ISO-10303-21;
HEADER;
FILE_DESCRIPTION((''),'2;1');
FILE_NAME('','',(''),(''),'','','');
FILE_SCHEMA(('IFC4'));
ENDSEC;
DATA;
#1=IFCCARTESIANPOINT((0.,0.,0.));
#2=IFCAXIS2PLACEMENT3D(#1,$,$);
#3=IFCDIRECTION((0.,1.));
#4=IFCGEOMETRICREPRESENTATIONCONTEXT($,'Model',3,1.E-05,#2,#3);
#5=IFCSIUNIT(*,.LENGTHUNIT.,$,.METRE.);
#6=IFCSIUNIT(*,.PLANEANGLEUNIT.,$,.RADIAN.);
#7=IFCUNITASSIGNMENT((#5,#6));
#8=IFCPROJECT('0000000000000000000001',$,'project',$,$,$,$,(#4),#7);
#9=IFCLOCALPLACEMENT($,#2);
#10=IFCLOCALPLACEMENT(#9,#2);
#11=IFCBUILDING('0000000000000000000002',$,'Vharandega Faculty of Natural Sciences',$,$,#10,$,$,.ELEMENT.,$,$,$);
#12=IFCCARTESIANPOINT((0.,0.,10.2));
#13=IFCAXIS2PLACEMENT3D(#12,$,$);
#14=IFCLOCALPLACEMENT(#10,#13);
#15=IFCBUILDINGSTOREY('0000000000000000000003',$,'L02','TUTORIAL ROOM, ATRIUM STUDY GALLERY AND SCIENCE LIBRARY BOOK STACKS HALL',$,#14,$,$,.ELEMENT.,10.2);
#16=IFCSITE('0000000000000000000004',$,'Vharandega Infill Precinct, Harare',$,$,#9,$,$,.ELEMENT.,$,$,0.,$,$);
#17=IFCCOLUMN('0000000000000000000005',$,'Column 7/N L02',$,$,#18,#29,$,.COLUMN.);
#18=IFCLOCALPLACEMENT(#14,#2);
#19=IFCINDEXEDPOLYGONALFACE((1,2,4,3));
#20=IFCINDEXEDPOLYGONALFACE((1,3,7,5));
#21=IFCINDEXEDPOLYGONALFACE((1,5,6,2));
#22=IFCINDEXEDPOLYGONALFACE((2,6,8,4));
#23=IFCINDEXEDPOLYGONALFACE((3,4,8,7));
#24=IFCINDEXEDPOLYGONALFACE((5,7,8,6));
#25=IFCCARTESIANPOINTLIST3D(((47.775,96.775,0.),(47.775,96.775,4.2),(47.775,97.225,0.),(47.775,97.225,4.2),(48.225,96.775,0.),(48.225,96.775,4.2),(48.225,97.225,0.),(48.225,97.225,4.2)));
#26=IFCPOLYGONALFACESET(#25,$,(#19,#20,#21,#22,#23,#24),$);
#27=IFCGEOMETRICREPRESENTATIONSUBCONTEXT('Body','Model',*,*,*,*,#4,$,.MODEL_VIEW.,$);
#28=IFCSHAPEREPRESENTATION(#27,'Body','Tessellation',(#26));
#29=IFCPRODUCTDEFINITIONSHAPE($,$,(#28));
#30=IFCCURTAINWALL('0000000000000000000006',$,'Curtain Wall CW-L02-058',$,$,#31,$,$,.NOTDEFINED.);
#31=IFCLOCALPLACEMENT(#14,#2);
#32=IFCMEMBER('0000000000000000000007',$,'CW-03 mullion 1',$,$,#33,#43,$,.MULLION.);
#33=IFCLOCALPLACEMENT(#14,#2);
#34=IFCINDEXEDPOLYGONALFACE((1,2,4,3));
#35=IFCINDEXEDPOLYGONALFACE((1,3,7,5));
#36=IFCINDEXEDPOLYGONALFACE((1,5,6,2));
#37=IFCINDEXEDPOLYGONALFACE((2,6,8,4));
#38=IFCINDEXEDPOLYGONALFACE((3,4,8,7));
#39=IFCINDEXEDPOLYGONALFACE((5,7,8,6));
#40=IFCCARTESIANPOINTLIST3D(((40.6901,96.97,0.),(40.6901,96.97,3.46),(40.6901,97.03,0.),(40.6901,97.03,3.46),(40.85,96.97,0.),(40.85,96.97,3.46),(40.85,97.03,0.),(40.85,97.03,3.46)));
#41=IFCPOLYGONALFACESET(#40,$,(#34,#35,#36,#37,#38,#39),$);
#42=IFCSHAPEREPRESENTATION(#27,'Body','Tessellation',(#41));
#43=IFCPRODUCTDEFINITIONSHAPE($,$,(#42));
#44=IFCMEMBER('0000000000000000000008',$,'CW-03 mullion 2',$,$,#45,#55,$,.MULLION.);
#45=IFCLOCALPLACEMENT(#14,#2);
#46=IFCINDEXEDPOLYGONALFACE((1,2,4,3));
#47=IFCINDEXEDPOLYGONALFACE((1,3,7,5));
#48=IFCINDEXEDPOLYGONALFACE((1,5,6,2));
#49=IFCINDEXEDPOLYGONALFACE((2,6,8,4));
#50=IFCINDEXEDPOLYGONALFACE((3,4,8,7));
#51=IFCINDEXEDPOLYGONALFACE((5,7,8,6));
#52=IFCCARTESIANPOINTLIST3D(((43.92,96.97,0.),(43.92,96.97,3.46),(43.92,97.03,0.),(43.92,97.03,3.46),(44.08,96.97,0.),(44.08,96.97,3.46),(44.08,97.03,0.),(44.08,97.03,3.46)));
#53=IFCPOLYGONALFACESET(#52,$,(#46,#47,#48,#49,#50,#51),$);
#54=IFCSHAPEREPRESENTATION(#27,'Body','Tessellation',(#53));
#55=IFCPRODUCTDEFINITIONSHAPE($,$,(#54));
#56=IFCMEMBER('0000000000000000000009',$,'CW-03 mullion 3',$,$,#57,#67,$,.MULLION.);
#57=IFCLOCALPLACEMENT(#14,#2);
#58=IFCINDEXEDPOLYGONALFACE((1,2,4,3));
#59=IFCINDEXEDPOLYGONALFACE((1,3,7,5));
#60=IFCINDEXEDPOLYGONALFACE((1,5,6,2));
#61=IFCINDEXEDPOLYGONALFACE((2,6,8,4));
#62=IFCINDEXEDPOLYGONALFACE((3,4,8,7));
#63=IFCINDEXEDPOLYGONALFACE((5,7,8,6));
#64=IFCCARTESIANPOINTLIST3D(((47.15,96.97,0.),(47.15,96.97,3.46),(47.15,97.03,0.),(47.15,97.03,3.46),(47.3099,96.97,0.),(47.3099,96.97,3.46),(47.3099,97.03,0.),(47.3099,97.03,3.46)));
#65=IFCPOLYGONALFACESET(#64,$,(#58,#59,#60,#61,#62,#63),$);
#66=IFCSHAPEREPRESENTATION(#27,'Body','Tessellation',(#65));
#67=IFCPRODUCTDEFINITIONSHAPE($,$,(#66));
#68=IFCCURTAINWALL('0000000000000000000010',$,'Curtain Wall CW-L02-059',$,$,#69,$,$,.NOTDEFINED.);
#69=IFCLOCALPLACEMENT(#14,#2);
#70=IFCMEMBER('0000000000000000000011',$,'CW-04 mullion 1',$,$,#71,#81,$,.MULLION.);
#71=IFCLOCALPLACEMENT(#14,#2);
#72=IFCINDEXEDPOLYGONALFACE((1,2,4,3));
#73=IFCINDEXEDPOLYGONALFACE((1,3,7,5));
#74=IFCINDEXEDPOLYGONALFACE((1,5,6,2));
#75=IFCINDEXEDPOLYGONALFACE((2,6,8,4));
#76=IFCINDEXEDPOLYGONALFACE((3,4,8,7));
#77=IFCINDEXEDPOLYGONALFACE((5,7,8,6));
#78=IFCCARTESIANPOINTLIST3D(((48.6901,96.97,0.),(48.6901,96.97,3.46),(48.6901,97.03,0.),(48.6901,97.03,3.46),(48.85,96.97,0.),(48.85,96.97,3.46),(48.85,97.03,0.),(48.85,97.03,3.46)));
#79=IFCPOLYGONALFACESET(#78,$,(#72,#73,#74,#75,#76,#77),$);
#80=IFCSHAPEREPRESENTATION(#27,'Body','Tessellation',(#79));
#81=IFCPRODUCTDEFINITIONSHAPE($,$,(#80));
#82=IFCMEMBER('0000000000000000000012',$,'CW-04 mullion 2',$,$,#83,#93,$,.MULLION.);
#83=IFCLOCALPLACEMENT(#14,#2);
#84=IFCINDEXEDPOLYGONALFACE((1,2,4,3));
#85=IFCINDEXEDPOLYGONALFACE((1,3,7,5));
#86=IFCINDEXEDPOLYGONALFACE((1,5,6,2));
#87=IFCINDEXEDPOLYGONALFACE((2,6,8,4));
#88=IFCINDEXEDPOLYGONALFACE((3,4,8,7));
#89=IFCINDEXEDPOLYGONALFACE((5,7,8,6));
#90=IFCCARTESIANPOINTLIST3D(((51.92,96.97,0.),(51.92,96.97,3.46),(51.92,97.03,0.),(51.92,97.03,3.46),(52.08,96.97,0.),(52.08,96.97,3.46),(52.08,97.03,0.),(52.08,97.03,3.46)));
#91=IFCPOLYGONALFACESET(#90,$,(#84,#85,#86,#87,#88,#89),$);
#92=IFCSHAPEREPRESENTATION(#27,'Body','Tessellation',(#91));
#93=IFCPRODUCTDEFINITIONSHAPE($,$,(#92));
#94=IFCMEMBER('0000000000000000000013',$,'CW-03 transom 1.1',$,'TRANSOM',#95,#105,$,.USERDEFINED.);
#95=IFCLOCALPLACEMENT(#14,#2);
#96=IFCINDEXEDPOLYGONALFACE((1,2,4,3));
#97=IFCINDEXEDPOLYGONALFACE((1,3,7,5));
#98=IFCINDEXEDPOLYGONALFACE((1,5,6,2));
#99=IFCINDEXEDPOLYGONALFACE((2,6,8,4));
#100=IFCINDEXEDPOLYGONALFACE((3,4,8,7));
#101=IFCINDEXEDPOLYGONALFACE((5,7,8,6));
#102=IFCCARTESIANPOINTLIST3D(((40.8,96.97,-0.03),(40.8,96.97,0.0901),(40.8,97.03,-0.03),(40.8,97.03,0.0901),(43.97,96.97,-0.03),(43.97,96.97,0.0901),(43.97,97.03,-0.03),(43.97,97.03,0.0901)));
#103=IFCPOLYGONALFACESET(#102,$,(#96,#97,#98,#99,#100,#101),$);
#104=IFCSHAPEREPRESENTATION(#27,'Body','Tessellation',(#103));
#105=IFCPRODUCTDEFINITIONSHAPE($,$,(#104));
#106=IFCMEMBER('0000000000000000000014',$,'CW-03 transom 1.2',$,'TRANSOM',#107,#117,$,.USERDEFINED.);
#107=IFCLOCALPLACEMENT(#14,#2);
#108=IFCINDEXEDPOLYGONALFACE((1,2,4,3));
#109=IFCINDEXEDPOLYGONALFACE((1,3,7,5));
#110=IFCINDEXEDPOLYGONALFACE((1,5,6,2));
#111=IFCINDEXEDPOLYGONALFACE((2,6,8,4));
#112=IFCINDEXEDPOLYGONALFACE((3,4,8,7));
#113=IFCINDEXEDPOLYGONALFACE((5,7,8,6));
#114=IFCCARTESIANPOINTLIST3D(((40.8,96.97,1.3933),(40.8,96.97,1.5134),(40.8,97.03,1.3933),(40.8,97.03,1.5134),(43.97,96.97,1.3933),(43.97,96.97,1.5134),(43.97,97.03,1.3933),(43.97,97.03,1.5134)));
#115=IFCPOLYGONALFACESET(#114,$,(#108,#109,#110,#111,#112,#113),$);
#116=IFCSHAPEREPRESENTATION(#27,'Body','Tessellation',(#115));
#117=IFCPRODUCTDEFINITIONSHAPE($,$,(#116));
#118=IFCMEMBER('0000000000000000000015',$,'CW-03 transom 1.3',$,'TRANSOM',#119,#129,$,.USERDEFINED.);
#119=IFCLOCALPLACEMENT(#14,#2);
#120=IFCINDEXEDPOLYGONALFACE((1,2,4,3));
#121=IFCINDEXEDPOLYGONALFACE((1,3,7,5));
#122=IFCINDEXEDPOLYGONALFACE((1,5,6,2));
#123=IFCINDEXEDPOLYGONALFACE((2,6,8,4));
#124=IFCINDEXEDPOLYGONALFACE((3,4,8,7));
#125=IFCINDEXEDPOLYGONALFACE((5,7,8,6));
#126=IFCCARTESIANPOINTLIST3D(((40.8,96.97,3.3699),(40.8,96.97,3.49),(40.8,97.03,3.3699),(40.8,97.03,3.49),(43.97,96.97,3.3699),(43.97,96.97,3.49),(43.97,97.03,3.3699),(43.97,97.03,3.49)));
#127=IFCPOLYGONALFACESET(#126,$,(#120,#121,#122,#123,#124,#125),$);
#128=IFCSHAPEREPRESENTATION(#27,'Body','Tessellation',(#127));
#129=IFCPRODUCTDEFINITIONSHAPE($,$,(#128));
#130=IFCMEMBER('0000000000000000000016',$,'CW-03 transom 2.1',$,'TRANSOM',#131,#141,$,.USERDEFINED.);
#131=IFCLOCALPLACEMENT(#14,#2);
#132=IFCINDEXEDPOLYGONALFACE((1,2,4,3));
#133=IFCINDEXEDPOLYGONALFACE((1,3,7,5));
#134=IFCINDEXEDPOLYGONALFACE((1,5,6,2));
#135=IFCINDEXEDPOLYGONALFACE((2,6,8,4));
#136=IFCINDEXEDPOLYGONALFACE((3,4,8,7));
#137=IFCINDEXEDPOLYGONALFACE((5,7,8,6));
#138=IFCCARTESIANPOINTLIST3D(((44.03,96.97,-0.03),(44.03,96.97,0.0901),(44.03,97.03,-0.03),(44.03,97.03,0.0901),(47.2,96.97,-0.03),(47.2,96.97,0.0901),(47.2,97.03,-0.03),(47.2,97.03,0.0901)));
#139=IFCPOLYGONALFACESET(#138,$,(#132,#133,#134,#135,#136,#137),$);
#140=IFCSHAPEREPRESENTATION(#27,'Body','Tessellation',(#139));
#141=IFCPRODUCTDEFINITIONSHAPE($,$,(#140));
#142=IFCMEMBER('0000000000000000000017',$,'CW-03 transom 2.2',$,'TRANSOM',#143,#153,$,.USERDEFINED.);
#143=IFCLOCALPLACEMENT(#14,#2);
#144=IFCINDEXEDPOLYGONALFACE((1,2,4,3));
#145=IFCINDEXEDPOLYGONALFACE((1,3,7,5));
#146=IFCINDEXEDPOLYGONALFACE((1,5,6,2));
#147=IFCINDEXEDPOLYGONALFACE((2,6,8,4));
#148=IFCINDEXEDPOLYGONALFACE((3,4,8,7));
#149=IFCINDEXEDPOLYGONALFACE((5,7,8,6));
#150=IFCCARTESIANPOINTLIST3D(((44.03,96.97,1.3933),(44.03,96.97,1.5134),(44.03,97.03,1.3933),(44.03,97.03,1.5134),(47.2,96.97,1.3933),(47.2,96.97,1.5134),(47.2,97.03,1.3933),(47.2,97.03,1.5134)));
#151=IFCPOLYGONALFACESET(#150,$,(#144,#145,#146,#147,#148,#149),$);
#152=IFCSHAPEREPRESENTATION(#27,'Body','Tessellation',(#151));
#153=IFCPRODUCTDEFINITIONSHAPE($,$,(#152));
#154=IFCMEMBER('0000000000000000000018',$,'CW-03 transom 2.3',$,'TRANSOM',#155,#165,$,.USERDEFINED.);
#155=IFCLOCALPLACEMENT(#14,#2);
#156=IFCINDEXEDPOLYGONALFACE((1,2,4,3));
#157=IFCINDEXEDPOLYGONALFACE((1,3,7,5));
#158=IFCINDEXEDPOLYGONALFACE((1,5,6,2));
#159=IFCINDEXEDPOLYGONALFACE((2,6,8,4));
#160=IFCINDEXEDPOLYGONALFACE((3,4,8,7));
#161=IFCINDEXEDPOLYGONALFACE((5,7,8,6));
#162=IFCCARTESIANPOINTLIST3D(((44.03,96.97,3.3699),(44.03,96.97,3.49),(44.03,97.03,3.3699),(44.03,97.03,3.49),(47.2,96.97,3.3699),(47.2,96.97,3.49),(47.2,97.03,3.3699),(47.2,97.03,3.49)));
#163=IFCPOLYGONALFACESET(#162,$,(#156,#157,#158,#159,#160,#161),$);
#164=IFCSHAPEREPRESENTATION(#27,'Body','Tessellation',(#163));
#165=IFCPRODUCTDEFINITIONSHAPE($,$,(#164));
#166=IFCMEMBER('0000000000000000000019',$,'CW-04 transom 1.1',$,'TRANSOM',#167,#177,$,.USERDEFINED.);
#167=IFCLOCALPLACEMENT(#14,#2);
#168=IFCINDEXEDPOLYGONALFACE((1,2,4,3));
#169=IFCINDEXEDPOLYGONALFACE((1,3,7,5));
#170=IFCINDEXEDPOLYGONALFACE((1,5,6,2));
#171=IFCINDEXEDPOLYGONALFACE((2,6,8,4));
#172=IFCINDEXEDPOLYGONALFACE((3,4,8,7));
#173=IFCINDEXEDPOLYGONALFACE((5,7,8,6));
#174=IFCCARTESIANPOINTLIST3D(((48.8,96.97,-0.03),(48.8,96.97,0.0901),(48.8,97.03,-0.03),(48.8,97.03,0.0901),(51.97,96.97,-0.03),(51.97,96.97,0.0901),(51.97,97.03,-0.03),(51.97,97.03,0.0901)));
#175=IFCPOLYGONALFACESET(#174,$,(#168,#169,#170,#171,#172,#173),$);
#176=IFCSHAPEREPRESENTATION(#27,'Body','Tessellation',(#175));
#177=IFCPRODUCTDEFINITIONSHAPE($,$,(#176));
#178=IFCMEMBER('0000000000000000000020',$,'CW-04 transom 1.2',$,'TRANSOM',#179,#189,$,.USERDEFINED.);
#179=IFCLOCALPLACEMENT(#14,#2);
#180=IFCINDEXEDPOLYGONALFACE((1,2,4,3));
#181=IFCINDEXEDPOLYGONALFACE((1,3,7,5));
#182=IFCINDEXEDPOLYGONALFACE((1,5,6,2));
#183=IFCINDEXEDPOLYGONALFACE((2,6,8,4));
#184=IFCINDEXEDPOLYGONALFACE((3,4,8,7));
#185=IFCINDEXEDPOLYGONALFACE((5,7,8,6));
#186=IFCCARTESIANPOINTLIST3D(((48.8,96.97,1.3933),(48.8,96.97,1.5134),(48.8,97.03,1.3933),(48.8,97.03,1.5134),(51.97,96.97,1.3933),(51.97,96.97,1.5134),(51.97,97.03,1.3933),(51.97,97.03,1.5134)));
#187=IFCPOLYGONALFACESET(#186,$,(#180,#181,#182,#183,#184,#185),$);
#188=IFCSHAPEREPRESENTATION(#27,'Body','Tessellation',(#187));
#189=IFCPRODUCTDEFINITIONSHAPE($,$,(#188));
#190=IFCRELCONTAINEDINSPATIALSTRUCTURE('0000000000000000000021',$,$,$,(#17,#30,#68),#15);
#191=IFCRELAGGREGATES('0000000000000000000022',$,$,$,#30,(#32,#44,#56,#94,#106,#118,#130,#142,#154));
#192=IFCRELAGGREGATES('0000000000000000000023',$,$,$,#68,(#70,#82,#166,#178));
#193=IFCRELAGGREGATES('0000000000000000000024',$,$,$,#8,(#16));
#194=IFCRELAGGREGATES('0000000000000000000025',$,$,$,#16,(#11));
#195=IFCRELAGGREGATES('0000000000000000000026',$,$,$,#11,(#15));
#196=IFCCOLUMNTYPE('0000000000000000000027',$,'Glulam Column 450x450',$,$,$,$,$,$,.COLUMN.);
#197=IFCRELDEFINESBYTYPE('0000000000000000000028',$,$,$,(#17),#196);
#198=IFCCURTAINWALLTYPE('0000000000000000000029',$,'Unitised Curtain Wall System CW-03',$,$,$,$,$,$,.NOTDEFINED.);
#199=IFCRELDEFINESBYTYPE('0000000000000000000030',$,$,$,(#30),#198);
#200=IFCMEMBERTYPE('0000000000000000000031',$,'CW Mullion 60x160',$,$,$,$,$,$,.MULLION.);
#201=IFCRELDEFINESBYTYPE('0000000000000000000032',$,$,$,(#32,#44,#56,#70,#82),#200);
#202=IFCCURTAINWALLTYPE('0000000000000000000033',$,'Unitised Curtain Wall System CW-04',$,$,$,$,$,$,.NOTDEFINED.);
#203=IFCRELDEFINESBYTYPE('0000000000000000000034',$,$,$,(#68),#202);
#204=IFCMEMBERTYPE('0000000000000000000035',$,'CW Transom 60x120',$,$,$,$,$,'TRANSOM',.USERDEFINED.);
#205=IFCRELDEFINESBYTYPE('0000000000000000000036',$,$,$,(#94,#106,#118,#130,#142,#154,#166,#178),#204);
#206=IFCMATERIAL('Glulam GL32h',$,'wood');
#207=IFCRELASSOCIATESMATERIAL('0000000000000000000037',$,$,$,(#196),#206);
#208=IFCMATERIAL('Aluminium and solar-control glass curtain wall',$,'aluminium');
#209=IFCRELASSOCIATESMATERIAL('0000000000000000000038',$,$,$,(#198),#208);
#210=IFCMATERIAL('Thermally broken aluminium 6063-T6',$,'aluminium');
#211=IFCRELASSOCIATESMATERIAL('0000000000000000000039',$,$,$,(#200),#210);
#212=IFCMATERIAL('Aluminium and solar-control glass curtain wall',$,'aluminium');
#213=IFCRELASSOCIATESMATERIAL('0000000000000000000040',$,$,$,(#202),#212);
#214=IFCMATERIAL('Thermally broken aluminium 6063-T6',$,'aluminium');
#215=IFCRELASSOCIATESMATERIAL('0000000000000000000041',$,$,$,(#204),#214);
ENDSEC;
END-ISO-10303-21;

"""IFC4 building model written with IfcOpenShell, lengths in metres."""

from ifc_helpers import new_model, si_unit, direction, frame, origin, origin_2d, place, context, subcontext, project, spatial, rectangle, extrude, material, material_profile, profile_set, type_object, element, aggregate, save


model = new_model("IFC4")

# Units and contexts
model_context = context("Model", 3, precision=1e-05, world=origin(), true_north=direction((0.0, 1.0)))
body_context = subcontext(model_context, "Body", "Model", "MODEL_VIEW")
ifc_project = project(units=[si_unit("LENGTHUNIT", "METRE"), si_unit("PLANEANGLEUNIT", "RADIAN")], contexts=[model_context])

# Site, building, storey
site_placement = place(None, origin())
site = spatial("IfcSite", under=ifc_project, at=site_placement, Name="Vharandega Infill Precinct, Harare", CompositionType="ELEMENT", RefElevation=0.0)
building_placement = place(site_placement, origin())
building = spatial("IfcBuilding", under=site, at=building_placement, Name="Vharandega Faculty of Natural Sciences", CompositionType="ELEMENT")
storey_placement = place(building_placement, frame((0.0, 0.0, 10.2)))
storey = spatial("IfcBuildingStorey", under=building, at=storey_placement, Name="L02", Description="TUTORIAL ROOM, ATRIUM STUDY GALLERY AND SCIENCE LIBRARY BOOK STACKS HALL", CompositionType="ELEMENT", Elevation=10.2)

# Column
ifc_material_1 = material(Name="Glulam GL32h", Category="wood")
ifc_material_profile_1 = material_profile(ifc_material_1, rectangle(XDim=0.45, YDim=0.45, at=origin_2d()), Name="GL32h 450x450")
ifc_profile_set_1 = profile_set([ifc_material_profile_1], Name="Glulam GL32h")
column_type = type_object("IfcColumnType", Name="Glulam Column 450x450", PredefinedType="COLUMN", material=ifc_profile_set_1)
column_placement = place(storey_placement, frame((48.0, 97.0, 0.0), z_axis=(0.0, 0.0, 1.0), x_axis=(1.0, 0.0, 0.0)))
element("IfcColumn", 1, at=column_placement, inside=storey, type_object=column_type, Name="Column 7/N L02", PredefinedType="COLUMN", context=body_context, shape_type="SweptSolid", body=[
    extrude(rectangle(XDim=0.45, YDim=0.45, at=origin_2d()), origin(), (0.0, 0.0, 1.0), 4.2),
])

# Curtain walls, members
ifc_material_2 = material(Name="Aluminium and solar-control glass curtain wall", Category="aluminium")
curtain_wall_type_1 = type_object("IfcCurtainWallType", Name="Unitised Curtain Wall System CW-03", PredefinedType="NOTDEFINED", material=ifc_material_2)
curtain_wall_1_placement = place(storey_placement, origin())
curtain_wall_1 = element("IfcCurtainWall", 2, at=curtain_wall_1_placement, inside=storey, type_object=curtain_wall_type_1, Name="Curtain Wall CW-L02-058", PredefinedType="NOTDEFINED")
ifc_material_3 = material(Name="Thermally broken aluminium 6063-T6", Category="aluminium")
ifc_material_profile_2 = material_profile(ifc_material_3, rectangle(XDim=0.0601, YDim=0.1599, at=origin_2d()), Name="ALU 60x160")
ifc_profile_set_2 = profile_set([ifc_material_profile_2], Name="Thermally broken aluminium 6063-T6")
member_type_1 = type_object("IfcMemberType", Name="CW Mullion 60x160", PredefinedType="MULLION", material=ifc_profile_set_2)
member_1_placement = place(storey_placement, frame((40.77, 97.0, 0.0), z_axis=(0.0, 0.0, 1.0), x_axis=(0.0, 1.0, 0.0)))
member_1 = element("IfcMember", 3, at=member_1_placement, type_object=member_type_1, Name="CW-03 mullion 1", PredefinedType="MULLION", context=body_context, shape_type="SweptSolid", body=[
    extrude(rectangle(XDim=0.0601, YDim=0.1599, at=origin_2d()), origin(), (0.0, 0.0, 1.0), 3.46),
])
member_2_placement = place(storey_placement, frame((44.0, 97.0, 0.0), z_axis=(0.0, 0.0, 1.0), x_axis=(0.0, 1.0, 0.0)))
member_2 = element("IfcMember", 4, at=member_2_placement, type_object=member_type_1, Name="CW-03 mullion 2", PredefinedType="MULLION", context=body_context, shape_type="SweptSolid", body=[
    extrude(rectangle(XDim=0.0601, YDim=0.1599, at=origin_2d()), origin(), (0.0, 0.0, 1.0), 3.46),
])
member_3_placement = place(storey_placement, frame((47.23, 97.0, 0.0), z_axis=(0.0, 0.0, 1.0), x_axis=(0.0, 1.0, 0.0)))
member_3 = element("IfcMember", 5, at=member_3_placement, type_object=member_type_1, Name="CW-03 mullion 3", PredefinedType="MULLION", context=body_context, shape_type="SweptSolid", body=[
    extrude(rectangle(XDim=0.0601, YDim=0.1599, at=origin_2d()), origin(), (0.0, 0.0, 1.0), 3.46),
])
ifc_material_4 = material(Name="Aluminium and solar-control glass curtain wall", Category="aluminium")
curtain_wall_type_2 = type_object("IfcCurtainWallType", Name="Unitised Curtain Wall System CW-04", PredefinedType="NOTDEFINED", material=ifc_material_4)
curtain_wall_2_placement = place(storey_placement, origin())
curtain_wall_2 = element("IfcCurtainWall", 6, at=curtain_wall_2_placement, inside=storey, type_object=curtain_wall_type_2, Name="Curtain Wall CW-L02-059", PredefinedType="NOTDEFINED")
member_4_placement = place(storey_placement, frame((48.77, 97.0, 0.0), z_axis=(0.0, 0.0, 1.0), x_axis=(0.0, 1.0, 0.0)))
member_4 = element("IfcMember", 7, at=member_4_placement, type_object=member_type_1, Name="CW-04 mullion 1", PredefinedType="MULLION", context=body_context, shape_type="SweptSolid", body=[
    extrude(rectangle(XDim=0.0601, YDim=0.1599, at=origin_2d()), origin(), (0.0, 0.0, 1.0), 3.46),
])
member_5_placement = place(storey_placement, frame((52.0, 97.0, 0.0), z_axis=(0.0, 0.0, 1.0), x_axis=(0.0, 1.0, 0.0)))
member_5 = element("IfcMember", 8, at=member_5_placement, type_object=member_type_1, Name="CW-04 mullion 2", PredefinedType="MULLION", context=body_context, shape_type="SweptSolid", body=[
    extrude(rectangle(XDim=0.0601, YDim=0.1599, at=origin_2d()), origin(), (0.0, 0.0, 1.0), 3.46),
])

# Members
ifc_material_5 = material(Name="Thermally broken aluminium 6063-T6", Category="aluminium")
ifc_material_profile_3 = material_profile(ifc_material_5, rectangle(XDim=0.0601, YDim=0.1201, at=origin_2d()), Name="ALU 60x120")
ifc_profile_set_3 = profile_set([ifc_material_profile_3], Name="Thermally broken aluminium 6063-T6")
member_type_2 = type_object("IfcMemberType", Name="CW Transom 60x120", ElementType="TRANSOM", PredefinedType="USERDEFINED", material=ifc_profile_set_3)
member_6_placement = place(storey_placement, frame((40.8, 97.0, 0.03), z_axis=(1.0, 0.0, 0.0), x_axis=(0.0, 1.0, 0.0)))
member_6 = element("IfcMember", 9, at=member_6_placement, type_object=member_type_2, Name="CW-03 transom 1.1", ObjectType="TRANSOM", PredefinedType="USERDEFINED", context=body_context, shape_type="SweptSolid", body=[
    extrude(rectangle(XDim=0.0601, YDim=0.1201, at=origin_2d()), origin(), (0.0, 0.0, 1.0), 3.1699),
])
member_7_placement = place(storey_placement, frame((40.8, 97.0, 1.4534), z_axis=(1.0, 0.0, 0.0), x_axis=(0.0, 1.0, 0.0)))
member_7 = element("IfcMember", 10, at=member_7_placement, type_object=member_type_2, Name="CW-03 transom 1.2", ObjectType="TRANSOM", PredefinedType="USERDEFINED", context=body_context, shape_type="SweptSolid", body=[
    extrude(rectangle(XDim=0.0601, YDim=0.1201, at=origin_2d()), origin(), (0.0, 0.0, 1.0), 3.1699),
])
member_8_placement = place(storey_placement, frame((40.8, 97.0, 3.4299), z_axis=(1.0, 0.0, 0.0), x_axis=(0.0, 1.0, 0.0)))
member_8 = element("IfcMember", 11, at=member_8_placement, type_object=member_type_2, Name="CW-03 transom 1.3", ObjectType="TRANSOM", PredefinedType="USERDEFINED", context=body_context, shape_type="SweptSolid", body=[
    extrude(rectangle(XDim=0.0601, YDim=0.1201, at=origin_2d()), origin(), (0.0, 0.0, 1.0), 3.1699),
])
member_9_placement = place(storey_placement, frame((44.03, 97.0, 0.03), z_axis=(1.0, 0.0, 0.0), x_axis=(0.0, 1.0, 0.0)))
member_9 = element("IfcMember", 12, at=member_9_placement, type_object=member_type_2, Name="CW-03 transom 2.1", ObjectType="TRANSOM", PredefinedType="USERDEFINED", context=body_context, shape_type="SweptSolid", body=[
    extrude(rectangle(XDim=0.0601, YDim=0.1201, at=origin_2d()), origin(), (0.0, 0.0, 1.0), 3.1699),
])
member_10_placement = place(storey_placement, frame((44.03, 97.0, 1.4534), z_axis=(1.0, 0.0, 0.0), x_axis=(0.0, 1.0, 0.0)))
member_10 = element("IfcMember", 13, at=member_10_placement, type_object=member_type_2, Name="CW-03 transom 2.2", ObjectType="TRANSOM", PredefinedType="USERDEFINED", context=body_context, shape_type="SweptSolid", body=[
    extrude(rectangle(XDim=0.0601, YDim=0.1201, at=origin_2d()), origin(), (0.0, 0.0, 1.0), 3.1699),
])
member_11_placement = place(storey_placement, frame((44.03, 97.0, 3.4299), z_axis=(1.0, 0.0, 0.0), x_axis=(0.0, 1.0, 0.0)))
member_11 = element("IfcMember", 14, at=member_11_placement, type_object=member_type_2, Name="CW-03 transom 2.3", ObjectType="TRANSOM", PredefinedType="USERDEFINED", context=body_context, shape_type="SweptSolid", body=[
    extrude(rectangle(XDim=0.0601, YDim=0.1201, at=origin_2d()), origin(), (0.0, 0.0, 1.0), 3.1699),
])
member_12_placement = place(storey_placement, frame((48.8, 97.0, 0.03), z_axis=(1.0, 0.0, 0.0), x_axis=(0.0, 1.0, 0.0)))
member_12 = element("IfcMember", 15, at=member_12_placement, type_object=member_type_2, Name="CW-04 transom 1.1", ObjectType="TRANSOM", PredefinedType="USERDEFINED", context=body_context, shape_type="SweptSolid", body=[
    extrude(rectangle(XDim=0.0601, YDim=0.1201, at=origin_2d()), origin(), (0.0, 0.0, 1.0), 3.1699),
])
member_13_placement = place(storey_placement, frame((48.8, 97.0, 1.4534), z_axis=(1.0, 0.0, 0.0), x_axis=(0.0, 1.0, 0.0)))
member_13 = element("IfcMember", 16, at=member_13_placement, type_object=member_type_2, Name="CW-04 transom 1.2", ObjectType="TRANSOM", PredefinedType="USERDEFINED", context=body_context, shape_type="SweptSolid", body=[
    extrude(rectangle(XDim=0.0601, YDim=0.1201, at=origin_2d()), origin(), (0.0, 0.0, 1.0), 3.1699),
])

aggregate(curtain_wall_1, [member_1, member_2, member_3, member_6, member_7, member_8, member_9, member_10, member_11])
aggregate(curtain_wall_2, [member_4, member_5, member_12, member_13])

save(model, "model.ifc")
